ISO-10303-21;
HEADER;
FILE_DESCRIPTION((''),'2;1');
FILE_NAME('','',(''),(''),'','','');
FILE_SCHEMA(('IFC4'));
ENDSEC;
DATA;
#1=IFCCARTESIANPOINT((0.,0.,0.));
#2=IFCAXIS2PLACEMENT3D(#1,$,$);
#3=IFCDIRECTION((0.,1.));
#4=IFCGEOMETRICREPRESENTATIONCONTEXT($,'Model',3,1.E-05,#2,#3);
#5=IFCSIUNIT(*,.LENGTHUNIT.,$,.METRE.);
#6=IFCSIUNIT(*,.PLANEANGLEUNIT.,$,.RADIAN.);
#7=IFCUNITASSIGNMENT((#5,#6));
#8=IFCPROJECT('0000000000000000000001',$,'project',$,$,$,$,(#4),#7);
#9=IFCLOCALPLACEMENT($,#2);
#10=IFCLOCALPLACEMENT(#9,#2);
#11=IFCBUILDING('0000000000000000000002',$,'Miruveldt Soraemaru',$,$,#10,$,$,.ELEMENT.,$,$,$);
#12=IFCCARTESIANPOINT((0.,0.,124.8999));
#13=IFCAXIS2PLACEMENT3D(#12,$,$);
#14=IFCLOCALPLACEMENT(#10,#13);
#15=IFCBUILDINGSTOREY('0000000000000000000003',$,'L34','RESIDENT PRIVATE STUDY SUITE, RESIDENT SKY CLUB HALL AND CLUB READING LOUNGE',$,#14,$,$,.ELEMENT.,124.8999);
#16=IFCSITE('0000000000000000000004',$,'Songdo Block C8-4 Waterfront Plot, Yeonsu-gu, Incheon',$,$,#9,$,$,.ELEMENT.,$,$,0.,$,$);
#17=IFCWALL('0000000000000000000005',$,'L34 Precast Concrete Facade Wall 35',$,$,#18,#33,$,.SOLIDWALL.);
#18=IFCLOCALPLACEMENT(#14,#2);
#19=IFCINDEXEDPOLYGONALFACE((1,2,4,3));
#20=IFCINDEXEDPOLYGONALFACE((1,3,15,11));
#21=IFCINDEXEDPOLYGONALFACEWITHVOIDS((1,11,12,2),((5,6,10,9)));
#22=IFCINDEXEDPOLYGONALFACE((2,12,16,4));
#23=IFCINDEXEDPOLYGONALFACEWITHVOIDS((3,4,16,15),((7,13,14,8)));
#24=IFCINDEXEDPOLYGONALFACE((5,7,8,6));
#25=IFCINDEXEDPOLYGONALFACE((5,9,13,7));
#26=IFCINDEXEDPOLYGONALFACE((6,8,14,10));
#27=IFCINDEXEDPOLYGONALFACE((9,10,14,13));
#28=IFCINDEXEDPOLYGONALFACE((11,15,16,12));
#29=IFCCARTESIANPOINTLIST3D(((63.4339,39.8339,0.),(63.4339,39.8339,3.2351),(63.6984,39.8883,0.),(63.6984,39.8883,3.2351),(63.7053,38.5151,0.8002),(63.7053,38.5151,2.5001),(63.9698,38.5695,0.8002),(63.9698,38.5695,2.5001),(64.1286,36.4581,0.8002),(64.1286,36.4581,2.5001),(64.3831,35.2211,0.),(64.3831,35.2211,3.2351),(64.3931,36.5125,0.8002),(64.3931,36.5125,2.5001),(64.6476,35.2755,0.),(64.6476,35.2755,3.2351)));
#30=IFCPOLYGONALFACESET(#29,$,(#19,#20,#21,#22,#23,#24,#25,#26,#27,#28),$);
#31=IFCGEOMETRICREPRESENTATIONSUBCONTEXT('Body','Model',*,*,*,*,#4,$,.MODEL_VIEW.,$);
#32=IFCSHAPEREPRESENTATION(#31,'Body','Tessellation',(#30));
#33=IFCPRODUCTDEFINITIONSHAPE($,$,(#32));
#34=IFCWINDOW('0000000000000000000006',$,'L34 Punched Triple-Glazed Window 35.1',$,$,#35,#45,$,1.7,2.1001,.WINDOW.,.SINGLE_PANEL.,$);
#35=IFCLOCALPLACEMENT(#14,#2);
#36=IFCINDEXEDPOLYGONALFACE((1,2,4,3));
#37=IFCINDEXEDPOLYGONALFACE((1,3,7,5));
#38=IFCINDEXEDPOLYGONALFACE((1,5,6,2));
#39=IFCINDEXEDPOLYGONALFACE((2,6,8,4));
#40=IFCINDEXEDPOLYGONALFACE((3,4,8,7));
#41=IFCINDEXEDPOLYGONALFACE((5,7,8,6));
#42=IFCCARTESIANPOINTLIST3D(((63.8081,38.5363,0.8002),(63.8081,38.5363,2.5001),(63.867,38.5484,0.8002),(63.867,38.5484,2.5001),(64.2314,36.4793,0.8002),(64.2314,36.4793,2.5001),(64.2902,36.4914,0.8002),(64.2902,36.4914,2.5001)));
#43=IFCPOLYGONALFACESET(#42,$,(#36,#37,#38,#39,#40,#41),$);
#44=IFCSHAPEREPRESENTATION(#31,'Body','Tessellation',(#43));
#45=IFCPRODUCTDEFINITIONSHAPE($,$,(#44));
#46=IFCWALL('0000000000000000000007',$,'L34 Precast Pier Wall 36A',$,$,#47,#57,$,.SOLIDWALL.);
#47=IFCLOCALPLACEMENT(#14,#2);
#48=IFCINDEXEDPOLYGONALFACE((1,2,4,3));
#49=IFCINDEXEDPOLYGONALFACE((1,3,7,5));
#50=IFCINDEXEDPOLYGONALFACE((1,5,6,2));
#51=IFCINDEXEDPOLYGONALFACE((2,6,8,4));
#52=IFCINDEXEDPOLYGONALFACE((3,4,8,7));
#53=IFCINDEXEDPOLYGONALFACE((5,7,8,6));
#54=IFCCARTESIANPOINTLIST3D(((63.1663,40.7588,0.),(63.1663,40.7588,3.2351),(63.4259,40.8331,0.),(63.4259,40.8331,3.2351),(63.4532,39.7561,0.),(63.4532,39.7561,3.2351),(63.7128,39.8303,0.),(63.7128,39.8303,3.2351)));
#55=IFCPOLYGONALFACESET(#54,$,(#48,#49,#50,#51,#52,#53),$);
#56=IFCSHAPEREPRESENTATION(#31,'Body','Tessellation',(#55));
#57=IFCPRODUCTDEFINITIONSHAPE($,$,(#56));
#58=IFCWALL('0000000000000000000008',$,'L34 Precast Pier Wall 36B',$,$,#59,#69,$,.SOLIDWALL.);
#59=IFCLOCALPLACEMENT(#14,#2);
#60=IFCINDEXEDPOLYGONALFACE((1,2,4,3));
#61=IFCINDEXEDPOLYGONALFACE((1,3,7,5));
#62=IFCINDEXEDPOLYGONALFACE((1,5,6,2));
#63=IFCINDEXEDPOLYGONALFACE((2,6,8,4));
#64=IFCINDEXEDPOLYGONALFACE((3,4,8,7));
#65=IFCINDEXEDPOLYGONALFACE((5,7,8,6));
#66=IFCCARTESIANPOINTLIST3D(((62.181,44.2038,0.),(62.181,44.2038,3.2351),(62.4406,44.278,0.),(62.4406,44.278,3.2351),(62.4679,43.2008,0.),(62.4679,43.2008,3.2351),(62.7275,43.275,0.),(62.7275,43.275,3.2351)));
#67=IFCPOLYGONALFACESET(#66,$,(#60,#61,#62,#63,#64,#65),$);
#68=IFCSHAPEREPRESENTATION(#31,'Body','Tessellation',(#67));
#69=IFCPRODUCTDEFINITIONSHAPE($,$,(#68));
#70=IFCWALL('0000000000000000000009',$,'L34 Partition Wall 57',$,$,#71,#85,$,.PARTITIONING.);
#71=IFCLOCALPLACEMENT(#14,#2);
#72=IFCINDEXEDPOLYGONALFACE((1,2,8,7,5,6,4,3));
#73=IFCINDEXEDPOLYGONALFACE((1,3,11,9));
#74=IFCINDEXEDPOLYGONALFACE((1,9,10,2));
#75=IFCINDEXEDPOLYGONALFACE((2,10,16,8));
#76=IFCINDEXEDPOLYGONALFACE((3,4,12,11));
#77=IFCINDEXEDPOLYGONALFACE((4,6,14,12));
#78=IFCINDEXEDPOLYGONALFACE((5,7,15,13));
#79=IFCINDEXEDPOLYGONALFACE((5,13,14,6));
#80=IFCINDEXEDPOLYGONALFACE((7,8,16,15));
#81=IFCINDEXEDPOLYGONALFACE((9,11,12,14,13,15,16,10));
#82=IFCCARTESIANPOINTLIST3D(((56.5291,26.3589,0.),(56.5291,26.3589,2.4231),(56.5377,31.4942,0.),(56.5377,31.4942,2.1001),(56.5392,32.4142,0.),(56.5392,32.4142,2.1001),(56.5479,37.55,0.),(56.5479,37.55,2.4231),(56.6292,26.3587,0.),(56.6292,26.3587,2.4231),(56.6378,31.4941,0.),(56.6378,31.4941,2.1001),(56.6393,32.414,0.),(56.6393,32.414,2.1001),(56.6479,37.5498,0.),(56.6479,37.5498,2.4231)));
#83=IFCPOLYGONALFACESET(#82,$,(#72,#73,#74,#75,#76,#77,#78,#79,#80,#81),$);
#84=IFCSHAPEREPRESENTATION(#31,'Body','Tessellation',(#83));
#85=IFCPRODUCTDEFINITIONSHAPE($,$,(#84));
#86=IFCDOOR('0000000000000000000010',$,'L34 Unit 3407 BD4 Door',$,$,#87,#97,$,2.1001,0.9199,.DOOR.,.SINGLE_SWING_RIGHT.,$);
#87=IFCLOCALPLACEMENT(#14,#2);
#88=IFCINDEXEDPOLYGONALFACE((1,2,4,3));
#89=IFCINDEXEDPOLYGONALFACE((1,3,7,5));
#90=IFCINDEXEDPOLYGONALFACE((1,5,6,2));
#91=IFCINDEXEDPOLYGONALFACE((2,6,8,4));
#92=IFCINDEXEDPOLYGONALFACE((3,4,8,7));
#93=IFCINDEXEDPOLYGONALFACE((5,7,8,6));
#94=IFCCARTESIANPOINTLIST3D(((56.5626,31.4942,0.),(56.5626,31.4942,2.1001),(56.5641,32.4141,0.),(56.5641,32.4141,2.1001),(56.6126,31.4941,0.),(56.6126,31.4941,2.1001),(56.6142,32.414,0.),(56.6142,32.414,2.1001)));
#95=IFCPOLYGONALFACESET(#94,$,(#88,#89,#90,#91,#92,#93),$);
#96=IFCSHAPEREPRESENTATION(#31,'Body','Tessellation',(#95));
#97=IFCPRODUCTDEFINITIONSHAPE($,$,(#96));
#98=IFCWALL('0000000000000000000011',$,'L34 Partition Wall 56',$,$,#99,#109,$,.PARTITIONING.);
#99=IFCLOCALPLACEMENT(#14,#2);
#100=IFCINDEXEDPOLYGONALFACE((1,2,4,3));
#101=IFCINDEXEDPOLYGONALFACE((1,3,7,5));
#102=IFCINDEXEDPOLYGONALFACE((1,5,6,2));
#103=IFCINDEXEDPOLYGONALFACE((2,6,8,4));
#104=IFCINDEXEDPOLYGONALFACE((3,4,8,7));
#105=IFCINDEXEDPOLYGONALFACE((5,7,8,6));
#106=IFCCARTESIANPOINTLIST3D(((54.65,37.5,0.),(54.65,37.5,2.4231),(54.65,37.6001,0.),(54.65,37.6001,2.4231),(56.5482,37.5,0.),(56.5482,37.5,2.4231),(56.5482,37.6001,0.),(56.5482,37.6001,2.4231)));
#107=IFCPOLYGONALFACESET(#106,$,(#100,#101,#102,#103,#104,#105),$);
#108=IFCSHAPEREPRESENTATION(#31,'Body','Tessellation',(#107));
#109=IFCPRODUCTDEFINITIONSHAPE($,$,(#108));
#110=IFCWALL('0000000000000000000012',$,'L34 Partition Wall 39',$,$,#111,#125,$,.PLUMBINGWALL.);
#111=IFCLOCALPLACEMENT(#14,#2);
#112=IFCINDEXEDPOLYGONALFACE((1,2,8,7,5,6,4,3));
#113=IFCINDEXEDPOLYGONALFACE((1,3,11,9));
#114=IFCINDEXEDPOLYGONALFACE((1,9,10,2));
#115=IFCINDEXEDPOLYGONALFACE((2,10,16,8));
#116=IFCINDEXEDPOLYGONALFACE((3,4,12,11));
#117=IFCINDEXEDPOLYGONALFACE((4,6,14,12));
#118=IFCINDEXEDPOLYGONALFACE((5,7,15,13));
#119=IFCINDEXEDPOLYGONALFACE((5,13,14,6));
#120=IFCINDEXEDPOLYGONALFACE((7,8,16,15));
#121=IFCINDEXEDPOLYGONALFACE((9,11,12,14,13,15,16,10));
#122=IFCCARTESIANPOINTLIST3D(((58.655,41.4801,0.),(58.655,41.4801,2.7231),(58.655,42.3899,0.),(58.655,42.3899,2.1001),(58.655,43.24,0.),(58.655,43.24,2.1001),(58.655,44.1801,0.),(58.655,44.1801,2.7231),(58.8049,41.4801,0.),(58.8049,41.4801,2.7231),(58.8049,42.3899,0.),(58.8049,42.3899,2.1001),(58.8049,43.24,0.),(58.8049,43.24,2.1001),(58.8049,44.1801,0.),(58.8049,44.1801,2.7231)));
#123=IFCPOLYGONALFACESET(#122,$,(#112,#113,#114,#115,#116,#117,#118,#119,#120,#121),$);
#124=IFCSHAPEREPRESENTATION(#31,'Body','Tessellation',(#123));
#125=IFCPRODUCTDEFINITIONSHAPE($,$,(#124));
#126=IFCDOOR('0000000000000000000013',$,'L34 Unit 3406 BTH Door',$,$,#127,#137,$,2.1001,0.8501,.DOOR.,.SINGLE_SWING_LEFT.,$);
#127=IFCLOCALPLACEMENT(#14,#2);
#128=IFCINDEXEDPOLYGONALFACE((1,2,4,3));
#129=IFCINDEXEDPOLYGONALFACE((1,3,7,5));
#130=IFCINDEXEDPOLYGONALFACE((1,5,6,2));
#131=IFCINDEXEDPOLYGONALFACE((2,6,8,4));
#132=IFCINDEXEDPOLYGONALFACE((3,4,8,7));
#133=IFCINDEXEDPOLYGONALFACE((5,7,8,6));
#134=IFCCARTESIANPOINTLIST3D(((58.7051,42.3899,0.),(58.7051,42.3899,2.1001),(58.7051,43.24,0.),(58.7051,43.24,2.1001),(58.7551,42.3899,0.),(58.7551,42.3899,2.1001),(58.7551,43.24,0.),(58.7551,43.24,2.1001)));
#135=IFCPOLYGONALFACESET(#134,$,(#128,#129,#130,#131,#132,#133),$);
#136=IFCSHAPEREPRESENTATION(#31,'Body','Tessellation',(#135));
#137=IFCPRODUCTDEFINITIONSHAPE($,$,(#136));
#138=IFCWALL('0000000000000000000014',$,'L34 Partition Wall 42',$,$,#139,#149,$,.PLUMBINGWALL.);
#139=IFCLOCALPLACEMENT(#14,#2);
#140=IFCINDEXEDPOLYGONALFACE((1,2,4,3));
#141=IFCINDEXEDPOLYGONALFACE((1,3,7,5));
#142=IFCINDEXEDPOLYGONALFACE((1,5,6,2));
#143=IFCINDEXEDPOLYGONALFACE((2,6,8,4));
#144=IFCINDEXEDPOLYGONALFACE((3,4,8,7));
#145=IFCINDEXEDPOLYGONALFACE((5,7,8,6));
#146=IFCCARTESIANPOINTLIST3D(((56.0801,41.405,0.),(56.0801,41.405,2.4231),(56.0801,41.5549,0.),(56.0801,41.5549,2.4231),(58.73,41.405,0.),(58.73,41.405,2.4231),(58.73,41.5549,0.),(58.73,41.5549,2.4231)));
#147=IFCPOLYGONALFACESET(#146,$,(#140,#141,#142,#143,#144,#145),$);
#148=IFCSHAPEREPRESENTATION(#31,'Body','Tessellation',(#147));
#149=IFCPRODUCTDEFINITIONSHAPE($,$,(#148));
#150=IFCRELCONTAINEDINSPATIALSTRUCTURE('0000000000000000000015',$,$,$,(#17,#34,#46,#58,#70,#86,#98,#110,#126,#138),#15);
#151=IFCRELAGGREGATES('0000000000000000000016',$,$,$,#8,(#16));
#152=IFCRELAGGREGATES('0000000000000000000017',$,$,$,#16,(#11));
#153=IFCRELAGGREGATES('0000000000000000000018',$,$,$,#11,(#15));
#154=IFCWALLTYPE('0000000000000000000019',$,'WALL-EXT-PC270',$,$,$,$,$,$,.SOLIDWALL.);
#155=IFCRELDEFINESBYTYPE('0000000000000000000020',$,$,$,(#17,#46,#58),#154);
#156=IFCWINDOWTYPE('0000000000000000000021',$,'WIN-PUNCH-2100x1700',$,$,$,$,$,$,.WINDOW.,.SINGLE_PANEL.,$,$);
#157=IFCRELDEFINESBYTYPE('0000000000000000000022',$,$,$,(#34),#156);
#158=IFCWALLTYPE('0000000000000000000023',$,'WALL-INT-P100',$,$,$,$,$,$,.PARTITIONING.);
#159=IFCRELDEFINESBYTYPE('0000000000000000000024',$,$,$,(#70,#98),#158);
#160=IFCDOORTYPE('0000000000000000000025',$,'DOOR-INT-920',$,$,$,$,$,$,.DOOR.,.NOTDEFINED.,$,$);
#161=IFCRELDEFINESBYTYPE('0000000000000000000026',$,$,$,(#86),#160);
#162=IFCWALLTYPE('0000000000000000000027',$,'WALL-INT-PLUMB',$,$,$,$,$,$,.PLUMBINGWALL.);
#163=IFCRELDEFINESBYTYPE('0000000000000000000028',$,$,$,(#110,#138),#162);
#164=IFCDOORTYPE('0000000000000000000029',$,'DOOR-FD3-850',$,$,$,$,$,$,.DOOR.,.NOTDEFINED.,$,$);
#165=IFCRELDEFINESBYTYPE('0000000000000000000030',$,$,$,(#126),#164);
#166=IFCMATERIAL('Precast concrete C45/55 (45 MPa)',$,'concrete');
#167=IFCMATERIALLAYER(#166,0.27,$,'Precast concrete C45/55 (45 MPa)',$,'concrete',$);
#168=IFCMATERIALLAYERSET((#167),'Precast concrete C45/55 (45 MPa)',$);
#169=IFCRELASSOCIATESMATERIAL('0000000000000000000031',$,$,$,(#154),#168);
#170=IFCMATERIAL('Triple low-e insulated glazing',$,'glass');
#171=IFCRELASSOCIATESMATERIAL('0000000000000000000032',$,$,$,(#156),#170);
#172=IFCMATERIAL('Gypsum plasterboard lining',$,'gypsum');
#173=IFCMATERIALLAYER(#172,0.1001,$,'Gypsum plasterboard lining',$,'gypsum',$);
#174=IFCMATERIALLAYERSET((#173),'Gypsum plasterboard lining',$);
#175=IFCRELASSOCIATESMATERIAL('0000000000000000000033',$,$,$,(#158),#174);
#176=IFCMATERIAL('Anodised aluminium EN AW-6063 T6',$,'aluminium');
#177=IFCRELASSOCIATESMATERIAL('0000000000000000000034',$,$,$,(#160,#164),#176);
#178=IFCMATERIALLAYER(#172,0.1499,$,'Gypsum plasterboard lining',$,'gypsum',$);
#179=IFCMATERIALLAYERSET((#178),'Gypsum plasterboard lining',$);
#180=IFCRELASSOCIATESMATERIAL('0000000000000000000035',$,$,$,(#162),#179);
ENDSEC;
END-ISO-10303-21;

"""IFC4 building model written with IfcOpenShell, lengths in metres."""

from ifc_helpers import new_model, si_unit, direction, frame, frame_2d, origin, place, context, subcontext, project, spatial, rectangle, extrude, material, layer, layer_set, type_object, element, fill, save


model = new_model("IFC4")

# Units and contexts
model_context = context("Model", 3, precision=1e-05, world=origin(), true_north=direction((0.0, 1.0)))
body_context = subcontext(model_context, "Body", "Model", "MODEL_VIEW")
ifc_project = project(units=[si_unit("LENGTHUNIT", "METRE"), si_unit("PLANEANGLEUNIT", "RADIAN")], contexts=[model_context])

# Site, building, storey
site_placement = place(None, origin())
site = spatial("IfcSite", under=ifc_project, at=site_placement, Name="Songdo Block C8-4 Waterfront Plot, Yeonsu-gu, Incheon", CompositionType="ELEMENT", RefElevation=0.0)
building_placement = place(site_placement, origin())
building = spatial("IfcBuilding", under=site, at=building_placement, Name="Miruveldt Soraemaru", CompositionType="ELEMENT")
storey_placement = place(building_placement, frame((0.0, 0.0, 124.8999)))
storey = spatial("IfcBuildingStorey", under=building, at=storey_placement, Name="L34", Description="RESIDENT PRIVATE STUDY SUITE, RESIDENT SKY CLUB HALL AND CLUB READING LOUNGE", CompositionType="ELEMENT", Elevation=124.8999)

# Wall, opening, window
ifc_material_1 = material(Name="Triple low-e insulated glazing", Category="glass")
ifc_material_2 = material(Name="Precast concrete C45/55 (45 MPa)", Category="concrete")
ifc_layer_1 = layer(ifc_material_2, 0.27, Name="Precast concrete C45/55 (45 MPa)", Category="concrete")
ifc_layer_set_1 = layer_set([ifc_layer_1], Name="Precast concrete C45/55 (45 MPa)")
wall_type_1 = type_object("IfcWallType", Name="WALL-EXT-PC270", PredefinedType="SOLIDWALL", material=ifc_layer_set_1)
wall_1_placement = place(storey_placement, frame((64.5154, 35.2483, 0.0), z_axis=(0.0, 0.0, 1.0), x_axis=(-0.201556, 0.979477, 0.0)))
wall_1 = element("IfcWall", 1, at=wall_1_placement, inside=storey, type_object=wall_type_1, Name="L34 Precast Concrete Facade Wall 35", PredefinedType="SOLIDWALL", context=body_context, shape_type="SweptSolid", body=[
    extrude(rectangle(XDim=4.7095, YDim=0.27, at=frame_2d((2.3547, 0.0))), origin(), (0.0, 0.0, 1.0), 3.2351),
])
opening_1_placement = place(wall_1_placement, frame((1.2629, 0.0, 0.8)))
opening_1 = element("IfcOpeningElement", 2, at=opening_1_placement, cuts=wall_1, PredefinedType="OPENING", context=body_context, shape_type="SweptSolid", body=[
    extrude(rectangle(XDim=2.1001, YDim=1.7, at=frame_2d((1.05, 0.8501))), frame((0.0, 0.145, 0.0), z_axis=(0.0, -1.0, 0.0), x_axis=(1.0, 0.0, 0.0)), (0.0, 0.0, 1.0), 0.29),
])
window_type_1 = type_object("IfcWindowType", Name="WIN-PUNCH-2100x1700", PartitioningType="SINGLE_PANEL", PredefinedType="WINDOW", material=ifc_material_1)
window_1_placement = place(opening_1_placement, origin())
window_1 = element("IfcWindow", 3, at=window_1_placement, inside=storey, type_object=window_type_1, Name="L34 Punched Triple-Glazed Window 35.1", OverallHeight=1.7, OverallWidth=2.1001, PartitioningType="SINGLE_PANEL", PredefinedType="WINDOW", context=body_context, shape_type="SweptSolid", body=[
    extrude(rectangle(XDim=2.1001, YDim=1.7, at=frame_2d((1.05, 0.8501))), frame((0.0, 0.03, 0.0), z_axis=(0.0, -1.0, 0.0), x_axis=(1.0, 0.0, 0.0)), (0.0, 0.0, 1.0), 0.0601),
])
fill(opening_1, window_1)

# Walls
wall_2_placement = place(storey_placement, frame((63.583, 39.7932, 0.0), z_axis=(0.0, 0.0, 1.0), x_axis=(-0.275061, 0.961427, 0.0)))
element("IfcWall", 4, at=wall_2_placement, inside=storey, type_object=wall_type_1, Name="L34 Precast Pier Wall 36A", PredefinedType="SOLIDWALL", context=body_context, shape_type="SweptSolid", body=[
    extrude(rectangle(XDim=1.043, YDim=0.27, at=frame_2d((0.5215, 0.0))), origin(), (0.0, 0.0, 1.0), 3.2351),
])
wall_3_placement = place(storey_placement, frame((62.5977, 43.238, 0.0), z_axis=(0.0, 0.0, 1.0), x_axis=(-0.274999, 0.961444, 0.0)))
element("IfcWall", 5, at=wall_3_placement, inside=storey, type_object=wall_type_1, Name="L34 Precast Pier Wall 36B", PredefinedType="SOLIDWALL", context=body_context, shape_type="SweptSolid", body=[
    extrude(rectangle(XDim=1.0432, YDim=0.27, at=frame_2d((0.5215, 0.0))), origin(), (0.0, 0.0, 1.0), 3.2351),
])

# Wall, opening, door
ifc_material_3 = material(Name="Gypsum plasterboard lining", Category="gypsum")
ifc_layer_2 = layer(ifc_material_3, 0.1001, Name="Gypsum plasterboard lining", Category="gypsum")
ifc_layer_set_2 = layer_set([ifc_layer_2], Name="Gypsum plasterboard lining")
wall_type_2 = type_object("IfcWallType", Name="WALL-INT-P100", PredefinedType="PARTITIONING", material=ifc_layer_set_2)
wall_4_placement = place(storey_placement, frame((56.5979, 37.55, 0.0), z_axis=(0.0, 0.0, 1.0), x_axis=(-0.00168, -0.999999, 0.0)))
wall_4 = element("IfcWall", 6, at=wall_4_placement, inside=storey, type_object=wall_type_2, Name="L34 Partition Wall 57", PredefinedType="PARTITIONING", context=body_context, shape_type="SweptSolid", body=[
    extrude(rectangle(XDim=11.1912, YDim=0.1001, at=frame_2d((5.5957, 0.0))), origin(), (0.0, 0.0, 1.0), 2.4231),
])
opening_2_placement = place(wall_4_placement, frame((5.136, 0.0, 0.0)))
opening_2 = element("IfcOpeningElement", 7, at=opening_2_placement, cuts=wall_4, PredefinedType="OPENING", context=body_context, shape_type="SweptSolid", body=[
    extrude(rectangle(XDim=0.9199, YDim=2.1001, at=frame_2d((0.46, 1.05))), frame((0.0, 0.0601, 0.0), z_axis=(0.0, -1.0, 0.0), x_axis=(1.0, 0.0, 0.0)), (0.0, 0.0, 1.0), 0.1201),
])
ifc_material_4 = material(Name="Anodised aluminium EN AW-6063 T6", Category="aluminium")
door_type_1 = type_object("IfcDoorType", Name="DOOR-INT-920", OperationType="NOTDEFINED", PredefinedType="DOOR", material=ifc_material_4)
door_1_placement = place(opening_2_placement, origin())
door_1 = element("IfcDoor", 8, at=door_1_placement, inside=storey, type_object=door_type_1, Name="L34 Unit 3407 BD4 Door", OperationType="SINGLE_SWING_RIGHT", OverallHeight=2.1001, OverallWidth=0.9199, PredefinedType="DOOR", context=body_context, shape_type="SweptSolid", body=[
    extrude(rectangle(XDim=0.9199, YDim=2.1001, at=frame_2d((0.46, 1.05))), frame((0.0, 0.0249, 0.0), z_axis=(0.0, -1.0, 0.0), x_axis=(1.0, 0.0, 0.0)), (0.0, 0.0, 1.0), 0.05),
])
fill(opening_2, door_1)

# Wall
wall_5_placement = place(storey_placement, frame((54.6499, 37.55, 0.0), z_axis=(0.0, 0.0, 1.0), x_axis=(1.0, 0.0, 0.0)))
element("IfcWall", 9, at=wall_5_placement, inside=storey, type_object=wall_type_2, Name="L34 Partition Wall 56", PredefinedType="PARTITIONING", context=body_context, shape_type="SweptSolid", body=[
    extrude(rectangle(XDim=1.8982, YDim=0.1001, at=frame_2d((0.9492, 0.0))), origin(), (0.0, 0.0, 1.0), 2.4231),
])

# Wall, opening, door
ifc_layer_3 = layer(ifc_material_3, 0.1499, Name="Gypsum plasterboard lining", Category="gypsum")
ifc_layer_set_3 = layer_set([ifc_layer_3], Name="Gypsum plasterboard lining")
wall_type_3 = type_object("IfcWallType", Name="WALL-INT-PLUMB", PredefinedType="PLUMBINGWALL", material=ifc_layer_set_3)
wall_6_placement = place(storey_placement, frame((58.73, 41.48, 0.0), z_axis=(0.0, 0.0, 1.0), x_axis=(0.0, 1.0, 0.0)))
wall_6 = element("IfcWall", 10, at=wall_6_placement, inside=storey, type_object=wall_type_3, Name="L34 Partition Wall 39", PredefinedType="PLUMBINGWALL", context=body_context, shape_type="SweptSolid", body=[
    extrude(rectangle(XDim=2.7, YDim=0.1499, at=frame_2d((1.3501, 0.0))), origin(), (0.0, 0.0, 1.0), 2.7231),
])
opening_3_placement = place(wall_6_placement, frame((0.9099, 0.0, 0.0)))
opening_3 = element("IfcOpeningElement", 11, at=opening_3_placement, cuts=wall_6, PredefinedType="OPENING", context=body_context, shape_type="SweptSolid", body=[
    extrude(rectangle(XDim=0.8501, YDim=2.1001, at=frame_2d((0.425, 1.05))), frame((0.0, 0.085, 0.0), z_axis=(0.0, -1.0, 0.0), x_axis=(1.0, 0.0, 0.0)), (0.0, 0.0, 1.0), 0.1699),
])
door_type_2 = type_object("IfcDoorType", Name="DOOR-FD3-850", OperationType="NOTDEFINED", PredefinedType="DOOR", material=ifc_material_4)
door_2_placement = place(opening_3_placement, origin())
door_2 = element("IfcDoor", 12, at=door_2_placement, inside=storey, type_object=door_type_2, Name="L34 Unit 3406 BTH Door", OperationType="SINGLE_SWING_LEFT", OverallHeight=2.1001, OverallWidth=0.8501, PredefinedType="DOOR", context=body_context, shape_type="SweptSolid", body=[
    extrude(rectangle(XDim=0.8501, YDim=2.1001, at=frame_2d((0.425, 1.05))), frame((0.0, 0.0249, 0.0), z_axis=(0.0, -1.0, 0.0), x_axis=(1.0, 0.0, 0.0)), (0.0, 0.0, 1.0), 0.05),
])
fill(opening_3, door_2)

# Wall
wall_7_placement = place(storey_placement, frame((56.0801, 41.48, 0.0), z_axis=(0.0, 0.0, 1.0), x_axis=(1.0, 0.0, 0.0)))
element("IfcWall", 13, at=wall_7_placement, inside=storey, type_object=wall_type_3, Name="L34 Partition Wall 42", PredefinedType="PLUMBINGWALL", context=body_context, shape_type="SweptSolid", body=[
    extrude(rectangle(XDim=2.6499, YDim=0.1499, at=frame_2d((1.325, 0.0))), origin(), (0.0, 0.0, 1.0), 2.4231),
])

save(model, "model.ifc")
